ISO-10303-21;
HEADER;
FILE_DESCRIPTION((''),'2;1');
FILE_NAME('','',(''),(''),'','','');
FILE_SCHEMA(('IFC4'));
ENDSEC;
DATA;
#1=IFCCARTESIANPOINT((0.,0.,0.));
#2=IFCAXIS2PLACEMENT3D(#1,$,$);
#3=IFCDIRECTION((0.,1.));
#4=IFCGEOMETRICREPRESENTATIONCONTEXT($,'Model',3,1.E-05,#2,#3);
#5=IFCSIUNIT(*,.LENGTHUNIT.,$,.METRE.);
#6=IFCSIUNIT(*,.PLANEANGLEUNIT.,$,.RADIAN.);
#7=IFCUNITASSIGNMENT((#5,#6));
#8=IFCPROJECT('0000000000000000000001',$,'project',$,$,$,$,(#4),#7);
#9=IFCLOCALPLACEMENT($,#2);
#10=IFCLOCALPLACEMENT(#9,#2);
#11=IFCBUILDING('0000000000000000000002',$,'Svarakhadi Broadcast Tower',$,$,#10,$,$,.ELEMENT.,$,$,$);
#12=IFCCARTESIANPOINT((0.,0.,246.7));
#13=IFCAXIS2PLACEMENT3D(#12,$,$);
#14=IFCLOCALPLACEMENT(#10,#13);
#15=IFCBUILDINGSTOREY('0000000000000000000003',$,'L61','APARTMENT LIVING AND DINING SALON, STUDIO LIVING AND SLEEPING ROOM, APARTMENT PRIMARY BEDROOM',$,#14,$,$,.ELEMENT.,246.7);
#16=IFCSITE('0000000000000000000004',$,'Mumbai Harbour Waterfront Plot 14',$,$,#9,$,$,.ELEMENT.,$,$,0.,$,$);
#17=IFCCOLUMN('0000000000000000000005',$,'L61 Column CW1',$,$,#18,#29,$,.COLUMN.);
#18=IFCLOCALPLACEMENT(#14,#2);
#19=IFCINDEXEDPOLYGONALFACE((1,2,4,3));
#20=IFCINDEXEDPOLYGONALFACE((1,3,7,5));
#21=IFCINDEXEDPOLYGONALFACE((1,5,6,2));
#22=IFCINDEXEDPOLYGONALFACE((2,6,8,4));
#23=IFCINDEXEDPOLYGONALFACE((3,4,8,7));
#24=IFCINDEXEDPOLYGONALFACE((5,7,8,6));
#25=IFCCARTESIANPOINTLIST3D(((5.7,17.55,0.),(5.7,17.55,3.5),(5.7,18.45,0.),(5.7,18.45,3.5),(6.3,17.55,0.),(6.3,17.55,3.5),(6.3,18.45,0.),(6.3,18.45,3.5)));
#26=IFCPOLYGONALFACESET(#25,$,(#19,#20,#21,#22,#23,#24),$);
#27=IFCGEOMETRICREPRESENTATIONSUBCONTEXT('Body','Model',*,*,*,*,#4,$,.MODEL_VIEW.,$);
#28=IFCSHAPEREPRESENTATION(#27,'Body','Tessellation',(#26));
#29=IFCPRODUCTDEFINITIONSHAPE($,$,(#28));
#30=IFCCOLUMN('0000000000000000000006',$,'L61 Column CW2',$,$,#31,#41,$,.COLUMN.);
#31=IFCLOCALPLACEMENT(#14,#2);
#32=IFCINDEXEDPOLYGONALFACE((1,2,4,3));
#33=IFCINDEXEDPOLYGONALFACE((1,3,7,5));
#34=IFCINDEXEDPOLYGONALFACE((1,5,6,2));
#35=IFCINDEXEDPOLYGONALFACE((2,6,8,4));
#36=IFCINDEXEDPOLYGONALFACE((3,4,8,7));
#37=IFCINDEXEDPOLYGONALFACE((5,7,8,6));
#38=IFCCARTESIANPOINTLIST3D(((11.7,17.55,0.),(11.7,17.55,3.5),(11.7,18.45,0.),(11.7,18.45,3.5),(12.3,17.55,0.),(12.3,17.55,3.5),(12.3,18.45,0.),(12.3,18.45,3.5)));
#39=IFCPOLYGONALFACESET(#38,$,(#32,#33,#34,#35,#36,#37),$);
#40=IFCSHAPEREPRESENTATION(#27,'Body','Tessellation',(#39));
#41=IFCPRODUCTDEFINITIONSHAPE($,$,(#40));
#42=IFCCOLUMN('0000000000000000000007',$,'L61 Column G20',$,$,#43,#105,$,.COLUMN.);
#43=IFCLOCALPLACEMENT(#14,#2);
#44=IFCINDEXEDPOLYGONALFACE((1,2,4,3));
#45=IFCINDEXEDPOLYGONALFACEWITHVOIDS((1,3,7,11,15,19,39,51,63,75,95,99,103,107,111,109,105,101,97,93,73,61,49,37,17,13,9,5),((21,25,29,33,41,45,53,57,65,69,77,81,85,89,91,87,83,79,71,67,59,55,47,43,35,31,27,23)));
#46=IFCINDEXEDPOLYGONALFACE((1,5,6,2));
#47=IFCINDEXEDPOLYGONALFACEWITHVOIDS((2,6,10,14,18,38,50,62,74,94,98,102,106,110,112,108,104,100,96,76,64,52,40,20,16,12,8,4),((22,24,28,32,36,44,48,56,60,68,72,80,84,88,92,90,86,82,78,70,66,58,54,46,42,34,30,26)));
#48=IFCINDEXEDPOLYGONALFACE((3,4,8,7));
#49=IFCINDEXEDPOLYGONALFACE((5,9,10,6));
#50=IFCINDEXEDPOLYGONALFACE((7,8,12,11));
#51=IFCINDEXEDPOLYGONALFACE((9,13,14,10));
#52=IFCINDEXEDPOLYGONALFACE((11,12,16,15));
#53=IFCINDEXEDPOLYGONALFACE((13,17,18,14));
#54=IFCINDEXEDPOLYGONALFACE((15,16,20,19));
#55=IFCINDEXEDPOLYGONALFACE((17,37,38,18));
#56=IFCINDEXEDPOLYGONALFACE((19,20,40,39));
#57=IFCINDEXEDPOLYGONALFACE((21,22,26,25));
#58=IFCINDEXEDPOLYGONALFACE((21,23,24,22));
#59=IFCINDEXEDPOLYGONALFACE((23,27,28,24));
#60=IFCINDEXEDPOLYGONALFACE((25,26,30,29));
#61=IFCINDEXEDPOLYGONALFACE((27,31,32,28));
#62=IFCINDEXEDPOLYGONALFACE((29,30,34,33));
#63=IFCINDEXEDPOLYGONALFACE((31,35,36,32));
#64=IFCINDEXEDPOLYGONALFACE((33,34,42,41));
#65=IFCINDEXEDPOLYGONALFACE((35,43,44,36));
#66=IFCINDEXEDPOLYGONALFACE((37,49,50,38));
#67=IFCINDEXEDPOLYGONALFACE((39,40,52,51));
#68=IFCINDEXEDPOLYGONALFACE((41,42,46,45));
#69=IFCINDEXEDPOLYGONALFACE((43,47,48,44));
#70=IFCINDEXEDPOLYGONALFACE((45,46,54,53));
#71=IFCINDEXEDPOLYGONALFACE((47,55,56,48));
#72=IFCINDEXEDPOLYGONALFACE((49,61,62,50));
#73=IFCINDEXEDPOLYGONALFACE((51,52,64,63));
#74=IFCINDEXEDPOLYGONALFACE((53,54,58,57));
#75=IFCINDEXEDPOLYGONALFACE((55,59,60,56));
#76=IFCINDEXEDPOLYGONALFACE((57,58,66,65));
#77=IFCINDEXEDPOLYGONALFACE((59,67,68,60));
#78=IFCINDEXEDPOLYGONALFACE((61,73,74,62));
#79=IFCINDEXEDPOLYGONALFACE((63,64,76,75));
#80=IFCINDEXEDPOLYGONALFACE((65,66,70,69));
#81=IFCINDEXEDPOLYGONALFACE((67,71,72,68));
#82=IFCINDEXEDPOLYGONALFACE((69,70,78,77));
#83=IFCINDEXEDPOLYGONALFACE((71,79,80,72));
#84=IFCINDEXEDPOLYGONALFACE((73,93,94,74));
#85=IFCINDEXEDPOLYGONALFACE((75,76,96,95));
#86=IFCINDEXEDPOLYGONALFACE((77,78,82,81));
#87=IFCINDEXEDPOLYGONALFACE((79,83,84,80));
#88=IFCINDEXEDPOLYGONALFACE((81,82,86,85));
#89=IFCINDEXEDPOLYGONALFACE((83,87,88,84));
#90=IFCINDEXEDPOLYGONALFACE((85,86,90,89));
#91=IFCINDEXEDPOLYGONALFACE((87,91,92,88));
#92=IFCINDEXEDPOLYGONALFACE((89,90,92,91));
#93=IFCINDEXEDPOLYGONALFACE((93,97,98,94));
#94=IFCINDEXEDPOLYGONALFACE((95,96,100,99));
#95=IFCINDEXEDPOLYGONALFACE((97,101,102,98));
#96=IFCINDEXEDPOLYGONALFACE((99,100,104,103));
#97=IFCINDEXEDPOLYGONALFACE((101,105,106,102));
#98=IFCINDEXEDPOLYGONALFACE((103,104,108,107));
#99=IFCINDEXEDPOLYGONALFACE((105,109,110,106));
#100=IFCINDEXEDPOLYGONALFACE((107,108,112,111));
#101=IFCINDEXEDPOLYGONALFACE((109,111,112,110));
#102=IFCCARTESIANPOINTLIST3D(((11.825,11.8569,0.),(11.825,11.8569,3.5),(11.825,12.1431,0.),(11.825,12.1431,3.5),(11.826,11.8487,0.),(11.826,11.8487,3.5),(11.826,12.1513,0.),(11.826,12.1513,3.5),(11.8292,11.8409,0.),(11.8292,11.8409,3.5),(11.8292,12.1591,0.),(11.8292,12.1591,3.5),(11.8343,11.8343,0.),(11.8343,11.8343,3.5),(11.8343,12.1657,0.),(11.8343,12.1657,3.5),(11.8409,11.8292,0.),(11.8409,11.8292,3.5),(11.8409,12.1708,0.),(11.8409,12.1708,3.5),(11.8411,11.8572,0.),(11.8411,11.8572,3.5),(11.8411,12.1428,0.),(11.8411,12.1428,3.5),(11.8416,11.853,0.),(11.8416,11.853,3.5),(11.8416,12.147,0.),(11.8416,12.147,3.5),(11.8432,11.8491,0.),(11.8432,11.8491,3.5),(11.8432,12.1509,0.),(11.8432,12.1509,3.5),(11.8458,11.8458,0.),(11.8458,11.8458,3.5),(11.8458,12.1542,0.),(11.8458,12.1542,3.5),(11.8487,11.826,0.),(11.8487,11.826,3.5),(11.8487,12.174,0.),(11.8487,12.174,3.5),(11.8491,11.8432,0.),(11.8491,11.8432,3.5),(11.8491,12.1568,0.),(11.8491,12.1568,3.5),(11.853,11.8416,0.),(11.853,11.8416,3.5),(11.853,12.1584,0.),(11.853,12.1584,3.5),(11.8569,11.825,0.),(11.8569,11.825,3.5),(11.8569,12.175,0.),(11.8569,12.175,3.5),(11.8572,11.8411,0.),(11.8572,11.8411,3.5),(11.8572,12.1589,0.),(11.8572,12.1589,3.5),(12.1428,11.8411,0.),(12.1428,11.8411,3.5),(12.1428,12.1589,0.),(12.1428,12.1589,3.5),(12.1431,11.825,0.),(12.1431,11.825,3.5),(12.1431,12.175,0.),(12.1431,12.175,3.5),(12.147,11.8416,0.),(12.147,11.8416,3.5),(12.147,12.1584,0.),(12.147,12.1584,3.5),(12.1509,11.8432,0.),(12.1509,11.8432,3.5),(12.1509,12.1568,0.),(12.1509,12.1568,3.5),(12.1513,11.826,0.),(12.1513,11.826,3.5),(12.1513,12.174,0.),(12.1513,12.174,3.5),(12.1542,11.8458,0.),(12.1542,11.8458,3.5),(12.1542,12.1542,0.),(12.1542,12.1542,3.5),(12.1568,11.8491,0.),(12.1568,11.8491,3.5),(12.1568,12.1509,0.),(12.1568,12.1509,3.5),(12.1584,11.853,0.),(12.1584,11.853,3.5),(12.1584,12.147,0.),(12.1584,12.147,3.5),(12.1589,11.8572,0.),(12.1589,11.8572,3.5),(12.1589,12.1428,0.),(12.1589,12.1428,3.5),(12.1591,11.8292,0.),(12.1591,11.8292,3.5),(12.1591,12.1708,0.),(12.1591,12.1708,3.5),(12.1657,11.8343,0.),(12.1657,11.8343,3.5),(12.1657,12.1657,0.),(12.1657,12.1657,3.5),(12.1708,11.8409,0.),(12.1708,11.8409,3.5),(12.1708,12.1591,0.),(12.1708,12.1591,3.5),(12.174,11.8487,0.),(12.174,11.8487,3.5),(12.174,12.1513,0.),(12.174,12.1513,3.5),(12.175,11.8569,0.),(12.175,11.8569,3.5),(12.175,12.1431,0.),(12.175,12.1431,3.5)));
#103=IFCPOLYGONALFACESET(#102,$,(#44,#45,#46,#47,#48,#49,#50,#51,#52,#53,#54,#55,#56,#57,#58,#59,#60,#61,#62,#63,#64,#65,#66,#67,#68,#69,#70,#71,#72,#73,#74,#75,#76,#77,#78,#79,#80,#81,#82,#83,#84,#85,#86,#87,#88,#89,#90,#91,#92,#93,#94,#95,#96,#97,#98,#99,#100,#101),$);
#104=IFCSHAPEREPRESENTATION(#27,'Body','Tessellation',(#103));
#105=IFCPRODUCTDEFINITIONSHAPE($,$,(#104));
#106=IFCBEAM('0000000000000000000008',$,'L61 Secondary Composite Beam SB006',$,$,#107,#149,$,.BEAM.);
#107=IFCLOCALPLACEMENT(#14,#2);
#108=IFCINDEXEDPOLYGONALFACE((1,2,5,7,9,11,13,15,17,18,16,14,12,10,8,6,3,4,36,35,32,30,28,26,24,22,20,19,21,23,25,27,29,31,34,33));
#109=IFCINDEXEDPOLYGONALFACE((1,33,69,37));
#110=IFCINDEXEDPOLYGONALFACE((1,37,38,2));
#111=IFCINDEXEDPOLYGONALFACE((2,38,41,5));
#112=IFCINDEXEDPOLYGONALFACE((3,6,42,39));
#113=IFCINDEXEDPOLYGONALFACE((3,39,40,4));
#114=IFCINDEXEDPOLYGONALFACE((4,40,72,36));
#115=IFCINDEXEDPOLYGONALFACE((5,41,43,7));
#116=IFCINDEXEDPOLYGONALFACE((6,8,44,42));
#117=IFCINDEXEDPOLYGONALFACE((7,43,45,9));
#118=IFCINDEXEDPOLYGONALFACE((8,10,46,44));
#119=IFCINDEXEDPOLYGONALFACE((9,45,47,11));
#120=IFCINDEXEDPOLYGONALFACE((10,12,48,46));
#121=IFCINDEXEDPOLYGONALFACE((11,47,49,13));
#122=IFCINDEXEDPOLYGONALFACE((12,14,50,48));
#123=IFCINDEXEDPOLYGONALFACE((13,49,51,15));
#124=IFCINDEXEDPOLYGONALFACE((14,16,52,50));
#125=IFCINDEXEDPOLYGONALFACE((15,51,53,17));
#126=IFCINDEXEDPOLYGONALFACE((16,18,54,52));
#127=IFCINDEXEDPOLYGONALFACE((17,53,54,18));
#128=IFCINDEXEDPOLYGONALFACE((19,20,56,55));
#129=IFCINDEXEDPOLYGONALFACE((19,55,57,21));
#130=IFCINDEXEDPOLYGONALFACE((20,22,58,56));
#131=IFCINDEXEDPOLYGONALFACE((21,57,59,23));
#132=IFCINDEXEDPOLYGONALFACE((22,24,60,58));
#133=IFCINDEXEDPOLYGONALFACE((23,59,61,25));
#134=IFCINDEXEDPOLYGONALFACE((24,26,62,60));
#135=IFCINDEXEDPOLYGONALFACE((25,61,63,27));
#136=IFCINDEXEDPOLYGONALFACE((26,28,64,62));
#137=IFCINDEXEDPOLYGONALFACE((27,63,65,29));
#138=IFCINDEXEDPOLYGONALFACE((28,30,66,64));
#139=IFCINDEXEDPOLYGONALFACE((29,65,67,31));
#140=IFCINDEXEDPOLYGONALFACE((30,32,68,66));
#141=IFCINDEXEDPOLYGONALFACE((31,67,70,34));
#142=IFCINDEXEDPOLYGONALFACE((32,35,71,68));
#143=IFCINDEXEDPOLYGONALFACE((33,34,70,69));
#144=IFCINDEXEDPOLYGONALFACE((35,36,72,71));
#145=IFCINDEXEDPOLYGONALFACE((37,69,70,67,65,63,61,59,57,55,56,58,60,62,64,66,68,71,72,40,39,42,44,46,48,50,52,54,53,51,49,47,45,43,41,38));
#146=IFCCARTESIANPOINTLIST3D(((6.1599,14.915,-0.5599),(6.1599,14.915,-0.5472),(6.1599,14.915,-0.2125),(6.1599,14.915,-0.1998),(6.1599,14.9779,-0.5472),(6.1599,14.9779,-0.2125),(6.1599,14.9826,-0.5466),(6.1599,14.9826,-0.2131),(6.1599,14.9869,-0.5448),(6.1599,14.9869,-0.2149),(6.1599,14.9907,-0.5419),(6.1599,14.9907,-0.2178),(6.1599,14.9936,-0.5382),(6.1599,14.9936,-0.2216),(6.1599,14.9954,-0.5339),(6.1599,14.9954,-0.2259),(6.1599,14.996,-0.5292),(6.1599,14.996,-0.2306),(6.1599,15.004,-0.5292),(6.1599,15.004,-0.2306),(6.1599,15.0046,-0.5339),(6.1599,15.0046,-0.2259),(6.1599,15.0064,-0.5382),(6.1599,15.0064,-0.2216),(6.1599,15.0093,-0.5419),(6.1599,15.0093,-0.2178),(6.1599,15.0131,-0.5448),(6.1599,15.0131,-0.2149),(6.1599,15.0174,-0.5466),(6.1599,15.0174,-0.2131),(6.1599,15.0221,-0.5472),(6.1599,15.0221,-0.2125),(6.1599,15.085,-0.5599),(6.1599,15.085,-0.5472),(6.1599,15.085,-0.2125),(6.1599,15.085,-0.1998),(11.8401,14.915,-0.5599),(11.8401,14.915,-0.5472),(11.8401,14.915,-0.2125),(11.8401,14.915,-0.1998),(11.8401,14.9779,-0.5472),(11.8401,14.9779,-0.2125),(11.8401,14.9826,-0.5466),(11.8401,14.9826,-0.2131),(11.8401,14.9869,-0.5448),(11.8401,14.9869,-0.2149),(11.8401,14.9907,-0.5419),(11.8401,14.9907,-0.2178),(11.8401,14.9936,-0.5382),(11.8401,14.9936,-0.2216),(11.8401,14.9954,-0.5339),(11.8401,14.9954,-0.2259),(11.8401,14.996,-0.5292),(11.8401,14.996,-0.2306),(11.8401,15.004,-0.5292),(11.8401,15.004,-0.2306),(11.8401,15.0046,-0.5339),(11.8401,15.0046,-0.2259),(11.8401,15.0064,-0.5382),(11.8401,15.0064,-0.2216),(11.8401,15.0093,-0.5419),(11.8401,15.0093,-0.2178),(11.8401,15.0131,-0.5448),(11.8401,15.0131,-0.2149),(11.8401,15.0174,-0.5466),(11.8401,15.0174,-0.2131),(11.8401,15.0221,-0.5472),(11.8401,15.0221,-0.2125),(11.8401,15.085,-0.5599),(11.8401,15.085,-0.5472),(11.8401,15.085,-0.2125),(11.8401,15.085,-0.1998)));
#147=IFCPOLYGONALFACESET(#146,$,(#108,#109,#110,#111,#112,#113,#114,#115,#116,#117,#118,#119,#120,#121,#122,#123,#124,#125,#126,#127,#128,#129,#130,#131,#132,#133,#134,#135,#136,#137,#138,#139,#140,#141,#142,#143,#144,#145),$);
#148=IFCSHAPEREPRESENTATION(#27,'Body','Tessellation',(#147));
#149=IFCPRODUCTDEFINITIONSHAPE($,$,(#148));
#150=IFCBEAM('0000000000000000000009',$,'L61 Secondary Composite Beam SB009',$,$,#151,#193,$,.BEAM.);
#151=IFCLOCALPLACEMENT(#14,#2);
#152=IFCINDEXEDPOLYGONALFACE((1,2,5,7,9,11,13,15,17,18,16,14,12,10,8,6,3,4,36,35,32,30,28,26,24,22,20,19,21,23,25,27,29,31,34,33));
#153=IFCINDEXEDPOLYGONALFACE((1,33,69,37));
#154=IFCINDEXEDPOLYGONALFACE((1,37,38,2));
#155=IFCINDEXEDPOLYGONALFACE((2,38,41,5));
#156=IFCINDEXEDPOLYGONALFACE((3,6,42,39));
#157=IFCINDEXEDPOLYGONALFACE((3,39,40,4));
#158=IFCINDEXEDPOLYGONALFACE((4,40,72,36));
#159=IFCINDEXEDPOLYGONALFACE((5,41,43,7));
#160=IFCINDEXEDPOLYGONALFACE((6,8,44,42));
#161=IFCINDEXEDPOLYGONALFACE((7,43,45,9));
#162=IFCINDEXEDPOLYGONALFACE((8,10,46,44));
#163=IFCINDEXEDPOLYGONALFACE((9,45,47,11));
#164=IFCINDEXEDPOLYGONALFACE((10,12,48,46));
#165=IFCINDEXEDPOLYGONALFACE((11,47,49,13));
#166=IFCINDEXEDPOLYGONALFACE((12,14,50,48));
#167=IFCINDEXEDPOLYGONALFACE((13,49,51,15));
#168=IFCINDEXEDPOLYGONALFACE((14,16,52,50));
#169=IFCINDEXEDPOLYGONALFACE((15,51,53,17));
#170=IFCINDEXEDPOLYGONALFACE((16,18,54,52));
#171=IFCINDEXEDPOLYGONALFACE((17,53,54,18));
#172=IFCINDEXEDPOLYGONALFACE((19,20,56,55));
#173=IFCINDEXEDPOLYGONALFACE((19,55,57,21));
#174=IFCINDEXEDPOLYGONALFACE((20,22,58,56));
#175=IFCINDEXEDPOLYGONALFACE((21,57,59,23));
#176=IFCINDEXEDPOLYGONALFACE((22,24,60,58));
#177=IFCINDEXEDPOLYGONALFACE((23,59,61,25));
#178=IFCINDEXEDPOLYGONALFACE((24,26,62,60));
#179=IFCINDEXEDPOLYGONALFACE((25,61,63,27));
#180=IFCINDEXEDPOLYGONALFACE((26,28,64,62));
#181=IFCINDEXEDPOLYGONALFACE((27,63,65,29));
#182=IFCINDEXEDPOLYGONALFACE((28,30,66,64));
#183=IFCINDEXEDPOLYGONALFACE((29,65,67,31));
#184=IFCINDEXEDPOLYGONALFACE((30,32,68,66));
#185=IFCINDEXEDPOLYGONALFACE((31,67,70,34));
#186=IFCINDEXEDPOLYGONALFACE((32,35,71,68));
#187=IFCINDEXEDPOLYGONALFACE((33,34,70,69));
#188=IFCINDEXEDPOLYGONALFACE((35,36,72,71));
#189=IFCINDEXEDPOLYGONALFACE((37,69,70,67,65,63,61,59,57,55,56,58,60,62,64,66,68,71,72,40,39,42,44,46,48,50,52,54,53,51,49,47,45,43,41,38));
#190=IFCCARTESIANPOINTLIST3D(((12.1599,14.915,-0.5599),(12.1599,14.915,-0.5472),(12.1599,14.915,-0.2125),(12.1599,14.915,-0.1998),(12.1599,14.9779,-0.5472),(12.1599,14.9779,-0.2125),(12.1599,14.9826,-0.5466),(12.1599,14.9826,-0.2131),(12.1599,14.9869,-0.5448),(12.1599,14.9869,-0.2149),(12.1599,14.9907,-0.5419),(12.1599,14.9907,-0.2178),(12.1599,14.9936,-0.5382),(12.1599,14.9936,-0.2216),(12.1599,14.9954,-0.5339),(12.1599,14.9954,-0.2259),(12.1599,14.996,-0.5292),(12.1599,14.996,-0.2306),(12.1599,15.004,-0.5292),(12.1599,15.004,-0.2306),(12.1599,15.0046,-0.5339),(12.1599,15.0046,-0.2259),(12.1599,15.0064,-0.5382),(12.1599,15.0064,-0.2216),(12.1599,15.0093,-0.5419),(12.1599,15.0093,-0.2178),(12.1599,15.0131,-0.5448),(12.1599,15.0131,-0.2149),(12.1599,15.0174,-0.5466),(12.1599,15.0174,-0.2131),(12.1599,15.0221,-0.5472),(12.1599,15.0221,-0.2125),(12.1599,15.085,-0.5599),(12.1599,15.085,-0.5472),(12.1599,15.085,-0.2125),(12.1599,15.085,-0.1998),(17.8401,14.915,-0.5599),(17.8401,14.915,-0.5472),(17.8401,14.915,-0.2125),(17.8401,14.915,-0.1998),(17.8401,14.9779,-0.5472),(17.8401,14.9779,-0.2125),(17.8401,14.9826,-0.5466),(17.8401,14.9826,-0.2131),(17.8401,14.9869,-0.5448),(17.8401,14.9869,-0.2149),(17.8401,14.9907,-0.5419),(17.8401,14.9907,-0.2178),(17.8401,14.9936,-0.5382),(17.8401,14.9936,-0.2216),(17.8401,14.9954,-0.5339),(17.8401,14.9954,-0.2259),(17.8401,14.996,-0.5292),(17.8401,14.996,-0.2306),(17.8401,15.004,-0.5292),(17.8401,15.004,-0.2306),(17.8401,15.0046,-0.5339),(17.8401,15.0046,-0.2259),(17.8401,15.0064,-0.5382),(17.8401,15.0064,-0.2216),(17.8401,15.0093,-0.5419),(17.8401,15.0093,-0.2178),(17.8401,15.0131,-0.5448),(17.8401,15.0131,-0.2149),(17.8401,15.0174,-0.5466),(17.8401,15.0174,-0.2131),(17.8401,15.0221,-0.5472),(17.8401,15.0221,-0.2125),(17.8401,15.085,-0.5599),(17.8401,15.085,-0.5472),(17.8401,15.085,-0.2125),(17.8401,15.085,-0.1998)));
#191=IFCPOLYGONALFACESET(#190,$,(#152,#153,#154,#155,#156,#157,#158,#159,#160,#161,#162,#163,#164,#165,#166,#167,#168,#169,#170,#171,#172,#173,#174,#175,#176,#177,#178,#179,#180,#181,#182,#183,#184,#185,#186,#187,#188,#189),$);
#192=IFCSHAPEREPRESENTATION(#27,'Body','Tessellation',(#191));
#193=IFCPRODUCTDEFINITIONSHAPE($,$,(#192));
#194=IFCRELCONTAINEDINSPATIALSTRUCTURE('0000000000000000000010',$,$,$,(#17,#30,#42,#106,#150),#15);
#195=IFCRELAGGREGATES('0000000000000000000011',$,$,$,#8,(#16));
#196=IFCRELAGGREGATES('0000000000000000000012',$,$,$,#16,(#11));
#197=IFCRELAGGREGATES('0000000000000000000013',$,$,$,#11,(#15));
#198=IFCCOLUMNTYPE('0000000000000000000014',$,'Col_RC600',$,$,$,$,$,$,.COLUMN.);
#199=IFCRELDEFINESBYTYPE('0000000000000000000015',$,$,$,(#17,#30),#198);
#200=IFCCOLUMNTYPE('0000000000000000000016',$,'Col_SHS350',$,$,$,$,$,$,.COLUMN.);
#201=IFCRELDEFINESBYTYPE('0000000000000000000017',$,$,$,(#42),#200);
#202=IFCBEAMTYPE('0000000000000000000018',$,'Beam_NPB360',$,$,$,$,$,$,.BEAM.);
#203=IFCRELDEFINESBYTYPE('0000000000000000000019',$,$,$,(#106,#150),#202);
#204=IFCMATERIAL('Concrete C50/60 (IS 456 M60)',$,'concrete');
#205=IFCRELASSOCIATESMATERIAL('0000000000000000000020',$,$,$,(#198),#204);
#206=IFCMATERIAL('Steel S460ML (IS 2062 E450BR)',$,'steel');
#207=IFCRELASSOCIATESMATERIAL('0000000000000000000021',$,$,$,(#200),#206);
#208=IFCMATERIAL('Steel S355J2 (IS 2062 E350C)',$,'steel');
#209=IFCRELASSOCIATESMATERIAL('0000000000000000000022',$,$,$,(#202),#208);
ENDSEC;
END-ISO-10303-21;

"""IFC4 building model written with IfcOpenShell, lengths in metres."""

from ifc_helpers import new_model, si_unit, direction, frame, origin, origin_2d, place, context, subcontext, project, spatial, rectangle, hollow_rectangle, i_section, extrude, material, material_profile, profile_set, type_object, element, save


model = new_model("IFC4")

# Units and contexts
model_context = context("Model", 3, precision=1e-05, world=origin(), true_north=direction((0.0, 1.0)))
body_context = subcontext(model_context, "Body", "Model", "MODEL_VIEW")
ifc_project = project(units=[si_unit("LENGTHUNIT", "METRE"), si_unit("PLANEANGLEUNIT", "RADIAN")], contexts=[model_context])

# Site, building, storey
site_placement = place(None, origin())
site = spatial("IfcSite", under=ifc_project, at=site_placement, Name="Mumbai Harbour Waterfront Plot 14", CompositionType="ELEMENT", RefElevation=0.0)
building_placement = place(site_placement, origin())
building = spatial("IfcBuilding", under=site, at=building_placement, Name="Svarakhadi Broadcast Tower", CompositionType="ELEMENT")
storey_placement = place(building_placement, frame((0.0, 0.0, 246.7)))
storey = spatial("IfcBuildingStorey", under=building, at=storey_placement, Name="L61", Description="APARTMENT LIVING AND DINING SALON, STUDIO LIVING AND SLEEPING ROOM, APARTMENT PRIMARY BEDROOM", CompositionType="ELEMENT", Elevation=246.7)

# Columns
ifc_material_1 = material(Name="Concrete C50/60 (IS 456 M60)", Category="concrete")
ifc_material_profile_1 = material_profile(ifc_material_1, rectangle(XDim=0.6001, YDim=0.8999, at=origin_2d()), Name="RC 600x900")
ifc_profile_set_1 = profile_set([ifc_material_profile_1], Name="Concrete C50/60 (IS 456 M60)")
column_type_1 = type_object("IfcColumnType", Name="Col_RC600", PredefinedType="COLUMN", material=ifc_profile_set_1)
for number, where, z_axis, x_axis, name in (
    (1, (6.0, 18.0, 0.0), (0.0, 0.0, 1.0), (1.0, 0.0, 0.0), "L61 Column CW1"),
    (2, (12.0, 18.0, 0.0), (0.0, 0.0, 1.0), (1.0, 0.0, 0.0), "L61 Column CW2"),
):
    element("IfcColumn", number, at=place(storey_placement, frame(where, z_axis=z_axis, x_axis=x_axis)), inside=storey, type_object=column_type_1, Name=name, PredefinedType="COLUMN", context=body_context, shape_type="SweptSolid", body=[
        extrude(rectangle(XDim=0.6001, YDim=0.8999, at=origin_2d()), origin(), (0.0, 0.0, 1.0), 3.5),
    ])
ifc_material_2 = material(Name="Steel S460ML (IS 2062 E450BR)", Category="steel")
ifc_material_profile_2 = material_profile(ifc_material_2, hollow_rectangle(XDim=0.3501, YDim=0.3501, WallThickness=0.0161, InnerFilletRadius=0.0161, OuterFilletRadius=0.032, at=origin_2d()), Name="SHS 350x350x16")
ifc_profile_set_2 = profile_set([ifc_material_profile_2], Name="Steel S460ML (IS 2062 E450BR)")
column_type_2 = type_object("IfcColumnType", Name="Col_SHS350", PredefinedType="COLUMN", material=ifc_profile_set_2)
column_placement = place(storey_placement, frame((12.0, 12.0, 0.0), z_axis=(0.0, 0.0, 1.0), x_axis=(1.0, 0.0, 0.0)))
element("IfcColumn", 3, at=column_placement, inside=storey, type_object=column_type_2, Name="L61 Column G20", PredefinedType="COLUMN", context=body_context, shape_type="SweptSolid", body=[
    extrude(hollow_rectangle(XDim=0.3501, YDim=0.3501, WallThickness=0.0161, InnerFilletRadius=0.0161, OuterFilletRadius=0.032, at=origin_2d()), origin(), (0.0, 0.0, 1.0), 3.5),
])

# Beams
ifc_material_3 = material(Name="Steel S355J2 (IS 2062 E350C)", Category="steel")
ifc_material_profile_3 = material_profile(ifc_material_3, i_section(OverallWidth=0.1699, OverallDepth=0.3601, WebThickness=0.0081, FlangeThickness=0.0127, FilletRadius=0.0181, at=origin_2d()), Name="NPB 360x170x57")
ifc_profile_set_3 = profile_set([ifc_material_profile_3], Name="Steel S355J2 (IS 2062 E350C)")
beam_type_1 = type_object("IfcBeamType", Name="Beam_NPB360", PredefinedType="BEAM", material=ifc_profile_set_3)
for number, where, z_axis, x_axis, name in (
    (4, (6.1599, 15.0, -0.3799), (1.0, 0.0, 0.0), (0.0, 1.0, 0.0), "L61 Secondary Composite Beam SB006"),
    (5, (12.1599, 15.0, -0.3799), (1.0, 0.0, 0.0), (0.0, 1.0, 0.0), "L61 Secondary Composite Beam SB009"),
):
    element("IfcBeam", number, at=place(storey_placement, frame(where, z_axis=z_axis, x_axis=x_axis)), inside=storey, type_object=beam_type_1, Name=name, PredefinedType="BEAM", context=body_context, shape_type="SweptSolid", body=[
        extrude(i_section(OverallWidth=0.1699, OverallDepth=0.3601, WebThickness=0.0081, FlangeThickness=0.0127, FilletRadius=0.0181, at=origin_2d()), origin(), (0.0, 0.0, 1.0), 5.6802),
    ])

save(model, "model.ifc")
